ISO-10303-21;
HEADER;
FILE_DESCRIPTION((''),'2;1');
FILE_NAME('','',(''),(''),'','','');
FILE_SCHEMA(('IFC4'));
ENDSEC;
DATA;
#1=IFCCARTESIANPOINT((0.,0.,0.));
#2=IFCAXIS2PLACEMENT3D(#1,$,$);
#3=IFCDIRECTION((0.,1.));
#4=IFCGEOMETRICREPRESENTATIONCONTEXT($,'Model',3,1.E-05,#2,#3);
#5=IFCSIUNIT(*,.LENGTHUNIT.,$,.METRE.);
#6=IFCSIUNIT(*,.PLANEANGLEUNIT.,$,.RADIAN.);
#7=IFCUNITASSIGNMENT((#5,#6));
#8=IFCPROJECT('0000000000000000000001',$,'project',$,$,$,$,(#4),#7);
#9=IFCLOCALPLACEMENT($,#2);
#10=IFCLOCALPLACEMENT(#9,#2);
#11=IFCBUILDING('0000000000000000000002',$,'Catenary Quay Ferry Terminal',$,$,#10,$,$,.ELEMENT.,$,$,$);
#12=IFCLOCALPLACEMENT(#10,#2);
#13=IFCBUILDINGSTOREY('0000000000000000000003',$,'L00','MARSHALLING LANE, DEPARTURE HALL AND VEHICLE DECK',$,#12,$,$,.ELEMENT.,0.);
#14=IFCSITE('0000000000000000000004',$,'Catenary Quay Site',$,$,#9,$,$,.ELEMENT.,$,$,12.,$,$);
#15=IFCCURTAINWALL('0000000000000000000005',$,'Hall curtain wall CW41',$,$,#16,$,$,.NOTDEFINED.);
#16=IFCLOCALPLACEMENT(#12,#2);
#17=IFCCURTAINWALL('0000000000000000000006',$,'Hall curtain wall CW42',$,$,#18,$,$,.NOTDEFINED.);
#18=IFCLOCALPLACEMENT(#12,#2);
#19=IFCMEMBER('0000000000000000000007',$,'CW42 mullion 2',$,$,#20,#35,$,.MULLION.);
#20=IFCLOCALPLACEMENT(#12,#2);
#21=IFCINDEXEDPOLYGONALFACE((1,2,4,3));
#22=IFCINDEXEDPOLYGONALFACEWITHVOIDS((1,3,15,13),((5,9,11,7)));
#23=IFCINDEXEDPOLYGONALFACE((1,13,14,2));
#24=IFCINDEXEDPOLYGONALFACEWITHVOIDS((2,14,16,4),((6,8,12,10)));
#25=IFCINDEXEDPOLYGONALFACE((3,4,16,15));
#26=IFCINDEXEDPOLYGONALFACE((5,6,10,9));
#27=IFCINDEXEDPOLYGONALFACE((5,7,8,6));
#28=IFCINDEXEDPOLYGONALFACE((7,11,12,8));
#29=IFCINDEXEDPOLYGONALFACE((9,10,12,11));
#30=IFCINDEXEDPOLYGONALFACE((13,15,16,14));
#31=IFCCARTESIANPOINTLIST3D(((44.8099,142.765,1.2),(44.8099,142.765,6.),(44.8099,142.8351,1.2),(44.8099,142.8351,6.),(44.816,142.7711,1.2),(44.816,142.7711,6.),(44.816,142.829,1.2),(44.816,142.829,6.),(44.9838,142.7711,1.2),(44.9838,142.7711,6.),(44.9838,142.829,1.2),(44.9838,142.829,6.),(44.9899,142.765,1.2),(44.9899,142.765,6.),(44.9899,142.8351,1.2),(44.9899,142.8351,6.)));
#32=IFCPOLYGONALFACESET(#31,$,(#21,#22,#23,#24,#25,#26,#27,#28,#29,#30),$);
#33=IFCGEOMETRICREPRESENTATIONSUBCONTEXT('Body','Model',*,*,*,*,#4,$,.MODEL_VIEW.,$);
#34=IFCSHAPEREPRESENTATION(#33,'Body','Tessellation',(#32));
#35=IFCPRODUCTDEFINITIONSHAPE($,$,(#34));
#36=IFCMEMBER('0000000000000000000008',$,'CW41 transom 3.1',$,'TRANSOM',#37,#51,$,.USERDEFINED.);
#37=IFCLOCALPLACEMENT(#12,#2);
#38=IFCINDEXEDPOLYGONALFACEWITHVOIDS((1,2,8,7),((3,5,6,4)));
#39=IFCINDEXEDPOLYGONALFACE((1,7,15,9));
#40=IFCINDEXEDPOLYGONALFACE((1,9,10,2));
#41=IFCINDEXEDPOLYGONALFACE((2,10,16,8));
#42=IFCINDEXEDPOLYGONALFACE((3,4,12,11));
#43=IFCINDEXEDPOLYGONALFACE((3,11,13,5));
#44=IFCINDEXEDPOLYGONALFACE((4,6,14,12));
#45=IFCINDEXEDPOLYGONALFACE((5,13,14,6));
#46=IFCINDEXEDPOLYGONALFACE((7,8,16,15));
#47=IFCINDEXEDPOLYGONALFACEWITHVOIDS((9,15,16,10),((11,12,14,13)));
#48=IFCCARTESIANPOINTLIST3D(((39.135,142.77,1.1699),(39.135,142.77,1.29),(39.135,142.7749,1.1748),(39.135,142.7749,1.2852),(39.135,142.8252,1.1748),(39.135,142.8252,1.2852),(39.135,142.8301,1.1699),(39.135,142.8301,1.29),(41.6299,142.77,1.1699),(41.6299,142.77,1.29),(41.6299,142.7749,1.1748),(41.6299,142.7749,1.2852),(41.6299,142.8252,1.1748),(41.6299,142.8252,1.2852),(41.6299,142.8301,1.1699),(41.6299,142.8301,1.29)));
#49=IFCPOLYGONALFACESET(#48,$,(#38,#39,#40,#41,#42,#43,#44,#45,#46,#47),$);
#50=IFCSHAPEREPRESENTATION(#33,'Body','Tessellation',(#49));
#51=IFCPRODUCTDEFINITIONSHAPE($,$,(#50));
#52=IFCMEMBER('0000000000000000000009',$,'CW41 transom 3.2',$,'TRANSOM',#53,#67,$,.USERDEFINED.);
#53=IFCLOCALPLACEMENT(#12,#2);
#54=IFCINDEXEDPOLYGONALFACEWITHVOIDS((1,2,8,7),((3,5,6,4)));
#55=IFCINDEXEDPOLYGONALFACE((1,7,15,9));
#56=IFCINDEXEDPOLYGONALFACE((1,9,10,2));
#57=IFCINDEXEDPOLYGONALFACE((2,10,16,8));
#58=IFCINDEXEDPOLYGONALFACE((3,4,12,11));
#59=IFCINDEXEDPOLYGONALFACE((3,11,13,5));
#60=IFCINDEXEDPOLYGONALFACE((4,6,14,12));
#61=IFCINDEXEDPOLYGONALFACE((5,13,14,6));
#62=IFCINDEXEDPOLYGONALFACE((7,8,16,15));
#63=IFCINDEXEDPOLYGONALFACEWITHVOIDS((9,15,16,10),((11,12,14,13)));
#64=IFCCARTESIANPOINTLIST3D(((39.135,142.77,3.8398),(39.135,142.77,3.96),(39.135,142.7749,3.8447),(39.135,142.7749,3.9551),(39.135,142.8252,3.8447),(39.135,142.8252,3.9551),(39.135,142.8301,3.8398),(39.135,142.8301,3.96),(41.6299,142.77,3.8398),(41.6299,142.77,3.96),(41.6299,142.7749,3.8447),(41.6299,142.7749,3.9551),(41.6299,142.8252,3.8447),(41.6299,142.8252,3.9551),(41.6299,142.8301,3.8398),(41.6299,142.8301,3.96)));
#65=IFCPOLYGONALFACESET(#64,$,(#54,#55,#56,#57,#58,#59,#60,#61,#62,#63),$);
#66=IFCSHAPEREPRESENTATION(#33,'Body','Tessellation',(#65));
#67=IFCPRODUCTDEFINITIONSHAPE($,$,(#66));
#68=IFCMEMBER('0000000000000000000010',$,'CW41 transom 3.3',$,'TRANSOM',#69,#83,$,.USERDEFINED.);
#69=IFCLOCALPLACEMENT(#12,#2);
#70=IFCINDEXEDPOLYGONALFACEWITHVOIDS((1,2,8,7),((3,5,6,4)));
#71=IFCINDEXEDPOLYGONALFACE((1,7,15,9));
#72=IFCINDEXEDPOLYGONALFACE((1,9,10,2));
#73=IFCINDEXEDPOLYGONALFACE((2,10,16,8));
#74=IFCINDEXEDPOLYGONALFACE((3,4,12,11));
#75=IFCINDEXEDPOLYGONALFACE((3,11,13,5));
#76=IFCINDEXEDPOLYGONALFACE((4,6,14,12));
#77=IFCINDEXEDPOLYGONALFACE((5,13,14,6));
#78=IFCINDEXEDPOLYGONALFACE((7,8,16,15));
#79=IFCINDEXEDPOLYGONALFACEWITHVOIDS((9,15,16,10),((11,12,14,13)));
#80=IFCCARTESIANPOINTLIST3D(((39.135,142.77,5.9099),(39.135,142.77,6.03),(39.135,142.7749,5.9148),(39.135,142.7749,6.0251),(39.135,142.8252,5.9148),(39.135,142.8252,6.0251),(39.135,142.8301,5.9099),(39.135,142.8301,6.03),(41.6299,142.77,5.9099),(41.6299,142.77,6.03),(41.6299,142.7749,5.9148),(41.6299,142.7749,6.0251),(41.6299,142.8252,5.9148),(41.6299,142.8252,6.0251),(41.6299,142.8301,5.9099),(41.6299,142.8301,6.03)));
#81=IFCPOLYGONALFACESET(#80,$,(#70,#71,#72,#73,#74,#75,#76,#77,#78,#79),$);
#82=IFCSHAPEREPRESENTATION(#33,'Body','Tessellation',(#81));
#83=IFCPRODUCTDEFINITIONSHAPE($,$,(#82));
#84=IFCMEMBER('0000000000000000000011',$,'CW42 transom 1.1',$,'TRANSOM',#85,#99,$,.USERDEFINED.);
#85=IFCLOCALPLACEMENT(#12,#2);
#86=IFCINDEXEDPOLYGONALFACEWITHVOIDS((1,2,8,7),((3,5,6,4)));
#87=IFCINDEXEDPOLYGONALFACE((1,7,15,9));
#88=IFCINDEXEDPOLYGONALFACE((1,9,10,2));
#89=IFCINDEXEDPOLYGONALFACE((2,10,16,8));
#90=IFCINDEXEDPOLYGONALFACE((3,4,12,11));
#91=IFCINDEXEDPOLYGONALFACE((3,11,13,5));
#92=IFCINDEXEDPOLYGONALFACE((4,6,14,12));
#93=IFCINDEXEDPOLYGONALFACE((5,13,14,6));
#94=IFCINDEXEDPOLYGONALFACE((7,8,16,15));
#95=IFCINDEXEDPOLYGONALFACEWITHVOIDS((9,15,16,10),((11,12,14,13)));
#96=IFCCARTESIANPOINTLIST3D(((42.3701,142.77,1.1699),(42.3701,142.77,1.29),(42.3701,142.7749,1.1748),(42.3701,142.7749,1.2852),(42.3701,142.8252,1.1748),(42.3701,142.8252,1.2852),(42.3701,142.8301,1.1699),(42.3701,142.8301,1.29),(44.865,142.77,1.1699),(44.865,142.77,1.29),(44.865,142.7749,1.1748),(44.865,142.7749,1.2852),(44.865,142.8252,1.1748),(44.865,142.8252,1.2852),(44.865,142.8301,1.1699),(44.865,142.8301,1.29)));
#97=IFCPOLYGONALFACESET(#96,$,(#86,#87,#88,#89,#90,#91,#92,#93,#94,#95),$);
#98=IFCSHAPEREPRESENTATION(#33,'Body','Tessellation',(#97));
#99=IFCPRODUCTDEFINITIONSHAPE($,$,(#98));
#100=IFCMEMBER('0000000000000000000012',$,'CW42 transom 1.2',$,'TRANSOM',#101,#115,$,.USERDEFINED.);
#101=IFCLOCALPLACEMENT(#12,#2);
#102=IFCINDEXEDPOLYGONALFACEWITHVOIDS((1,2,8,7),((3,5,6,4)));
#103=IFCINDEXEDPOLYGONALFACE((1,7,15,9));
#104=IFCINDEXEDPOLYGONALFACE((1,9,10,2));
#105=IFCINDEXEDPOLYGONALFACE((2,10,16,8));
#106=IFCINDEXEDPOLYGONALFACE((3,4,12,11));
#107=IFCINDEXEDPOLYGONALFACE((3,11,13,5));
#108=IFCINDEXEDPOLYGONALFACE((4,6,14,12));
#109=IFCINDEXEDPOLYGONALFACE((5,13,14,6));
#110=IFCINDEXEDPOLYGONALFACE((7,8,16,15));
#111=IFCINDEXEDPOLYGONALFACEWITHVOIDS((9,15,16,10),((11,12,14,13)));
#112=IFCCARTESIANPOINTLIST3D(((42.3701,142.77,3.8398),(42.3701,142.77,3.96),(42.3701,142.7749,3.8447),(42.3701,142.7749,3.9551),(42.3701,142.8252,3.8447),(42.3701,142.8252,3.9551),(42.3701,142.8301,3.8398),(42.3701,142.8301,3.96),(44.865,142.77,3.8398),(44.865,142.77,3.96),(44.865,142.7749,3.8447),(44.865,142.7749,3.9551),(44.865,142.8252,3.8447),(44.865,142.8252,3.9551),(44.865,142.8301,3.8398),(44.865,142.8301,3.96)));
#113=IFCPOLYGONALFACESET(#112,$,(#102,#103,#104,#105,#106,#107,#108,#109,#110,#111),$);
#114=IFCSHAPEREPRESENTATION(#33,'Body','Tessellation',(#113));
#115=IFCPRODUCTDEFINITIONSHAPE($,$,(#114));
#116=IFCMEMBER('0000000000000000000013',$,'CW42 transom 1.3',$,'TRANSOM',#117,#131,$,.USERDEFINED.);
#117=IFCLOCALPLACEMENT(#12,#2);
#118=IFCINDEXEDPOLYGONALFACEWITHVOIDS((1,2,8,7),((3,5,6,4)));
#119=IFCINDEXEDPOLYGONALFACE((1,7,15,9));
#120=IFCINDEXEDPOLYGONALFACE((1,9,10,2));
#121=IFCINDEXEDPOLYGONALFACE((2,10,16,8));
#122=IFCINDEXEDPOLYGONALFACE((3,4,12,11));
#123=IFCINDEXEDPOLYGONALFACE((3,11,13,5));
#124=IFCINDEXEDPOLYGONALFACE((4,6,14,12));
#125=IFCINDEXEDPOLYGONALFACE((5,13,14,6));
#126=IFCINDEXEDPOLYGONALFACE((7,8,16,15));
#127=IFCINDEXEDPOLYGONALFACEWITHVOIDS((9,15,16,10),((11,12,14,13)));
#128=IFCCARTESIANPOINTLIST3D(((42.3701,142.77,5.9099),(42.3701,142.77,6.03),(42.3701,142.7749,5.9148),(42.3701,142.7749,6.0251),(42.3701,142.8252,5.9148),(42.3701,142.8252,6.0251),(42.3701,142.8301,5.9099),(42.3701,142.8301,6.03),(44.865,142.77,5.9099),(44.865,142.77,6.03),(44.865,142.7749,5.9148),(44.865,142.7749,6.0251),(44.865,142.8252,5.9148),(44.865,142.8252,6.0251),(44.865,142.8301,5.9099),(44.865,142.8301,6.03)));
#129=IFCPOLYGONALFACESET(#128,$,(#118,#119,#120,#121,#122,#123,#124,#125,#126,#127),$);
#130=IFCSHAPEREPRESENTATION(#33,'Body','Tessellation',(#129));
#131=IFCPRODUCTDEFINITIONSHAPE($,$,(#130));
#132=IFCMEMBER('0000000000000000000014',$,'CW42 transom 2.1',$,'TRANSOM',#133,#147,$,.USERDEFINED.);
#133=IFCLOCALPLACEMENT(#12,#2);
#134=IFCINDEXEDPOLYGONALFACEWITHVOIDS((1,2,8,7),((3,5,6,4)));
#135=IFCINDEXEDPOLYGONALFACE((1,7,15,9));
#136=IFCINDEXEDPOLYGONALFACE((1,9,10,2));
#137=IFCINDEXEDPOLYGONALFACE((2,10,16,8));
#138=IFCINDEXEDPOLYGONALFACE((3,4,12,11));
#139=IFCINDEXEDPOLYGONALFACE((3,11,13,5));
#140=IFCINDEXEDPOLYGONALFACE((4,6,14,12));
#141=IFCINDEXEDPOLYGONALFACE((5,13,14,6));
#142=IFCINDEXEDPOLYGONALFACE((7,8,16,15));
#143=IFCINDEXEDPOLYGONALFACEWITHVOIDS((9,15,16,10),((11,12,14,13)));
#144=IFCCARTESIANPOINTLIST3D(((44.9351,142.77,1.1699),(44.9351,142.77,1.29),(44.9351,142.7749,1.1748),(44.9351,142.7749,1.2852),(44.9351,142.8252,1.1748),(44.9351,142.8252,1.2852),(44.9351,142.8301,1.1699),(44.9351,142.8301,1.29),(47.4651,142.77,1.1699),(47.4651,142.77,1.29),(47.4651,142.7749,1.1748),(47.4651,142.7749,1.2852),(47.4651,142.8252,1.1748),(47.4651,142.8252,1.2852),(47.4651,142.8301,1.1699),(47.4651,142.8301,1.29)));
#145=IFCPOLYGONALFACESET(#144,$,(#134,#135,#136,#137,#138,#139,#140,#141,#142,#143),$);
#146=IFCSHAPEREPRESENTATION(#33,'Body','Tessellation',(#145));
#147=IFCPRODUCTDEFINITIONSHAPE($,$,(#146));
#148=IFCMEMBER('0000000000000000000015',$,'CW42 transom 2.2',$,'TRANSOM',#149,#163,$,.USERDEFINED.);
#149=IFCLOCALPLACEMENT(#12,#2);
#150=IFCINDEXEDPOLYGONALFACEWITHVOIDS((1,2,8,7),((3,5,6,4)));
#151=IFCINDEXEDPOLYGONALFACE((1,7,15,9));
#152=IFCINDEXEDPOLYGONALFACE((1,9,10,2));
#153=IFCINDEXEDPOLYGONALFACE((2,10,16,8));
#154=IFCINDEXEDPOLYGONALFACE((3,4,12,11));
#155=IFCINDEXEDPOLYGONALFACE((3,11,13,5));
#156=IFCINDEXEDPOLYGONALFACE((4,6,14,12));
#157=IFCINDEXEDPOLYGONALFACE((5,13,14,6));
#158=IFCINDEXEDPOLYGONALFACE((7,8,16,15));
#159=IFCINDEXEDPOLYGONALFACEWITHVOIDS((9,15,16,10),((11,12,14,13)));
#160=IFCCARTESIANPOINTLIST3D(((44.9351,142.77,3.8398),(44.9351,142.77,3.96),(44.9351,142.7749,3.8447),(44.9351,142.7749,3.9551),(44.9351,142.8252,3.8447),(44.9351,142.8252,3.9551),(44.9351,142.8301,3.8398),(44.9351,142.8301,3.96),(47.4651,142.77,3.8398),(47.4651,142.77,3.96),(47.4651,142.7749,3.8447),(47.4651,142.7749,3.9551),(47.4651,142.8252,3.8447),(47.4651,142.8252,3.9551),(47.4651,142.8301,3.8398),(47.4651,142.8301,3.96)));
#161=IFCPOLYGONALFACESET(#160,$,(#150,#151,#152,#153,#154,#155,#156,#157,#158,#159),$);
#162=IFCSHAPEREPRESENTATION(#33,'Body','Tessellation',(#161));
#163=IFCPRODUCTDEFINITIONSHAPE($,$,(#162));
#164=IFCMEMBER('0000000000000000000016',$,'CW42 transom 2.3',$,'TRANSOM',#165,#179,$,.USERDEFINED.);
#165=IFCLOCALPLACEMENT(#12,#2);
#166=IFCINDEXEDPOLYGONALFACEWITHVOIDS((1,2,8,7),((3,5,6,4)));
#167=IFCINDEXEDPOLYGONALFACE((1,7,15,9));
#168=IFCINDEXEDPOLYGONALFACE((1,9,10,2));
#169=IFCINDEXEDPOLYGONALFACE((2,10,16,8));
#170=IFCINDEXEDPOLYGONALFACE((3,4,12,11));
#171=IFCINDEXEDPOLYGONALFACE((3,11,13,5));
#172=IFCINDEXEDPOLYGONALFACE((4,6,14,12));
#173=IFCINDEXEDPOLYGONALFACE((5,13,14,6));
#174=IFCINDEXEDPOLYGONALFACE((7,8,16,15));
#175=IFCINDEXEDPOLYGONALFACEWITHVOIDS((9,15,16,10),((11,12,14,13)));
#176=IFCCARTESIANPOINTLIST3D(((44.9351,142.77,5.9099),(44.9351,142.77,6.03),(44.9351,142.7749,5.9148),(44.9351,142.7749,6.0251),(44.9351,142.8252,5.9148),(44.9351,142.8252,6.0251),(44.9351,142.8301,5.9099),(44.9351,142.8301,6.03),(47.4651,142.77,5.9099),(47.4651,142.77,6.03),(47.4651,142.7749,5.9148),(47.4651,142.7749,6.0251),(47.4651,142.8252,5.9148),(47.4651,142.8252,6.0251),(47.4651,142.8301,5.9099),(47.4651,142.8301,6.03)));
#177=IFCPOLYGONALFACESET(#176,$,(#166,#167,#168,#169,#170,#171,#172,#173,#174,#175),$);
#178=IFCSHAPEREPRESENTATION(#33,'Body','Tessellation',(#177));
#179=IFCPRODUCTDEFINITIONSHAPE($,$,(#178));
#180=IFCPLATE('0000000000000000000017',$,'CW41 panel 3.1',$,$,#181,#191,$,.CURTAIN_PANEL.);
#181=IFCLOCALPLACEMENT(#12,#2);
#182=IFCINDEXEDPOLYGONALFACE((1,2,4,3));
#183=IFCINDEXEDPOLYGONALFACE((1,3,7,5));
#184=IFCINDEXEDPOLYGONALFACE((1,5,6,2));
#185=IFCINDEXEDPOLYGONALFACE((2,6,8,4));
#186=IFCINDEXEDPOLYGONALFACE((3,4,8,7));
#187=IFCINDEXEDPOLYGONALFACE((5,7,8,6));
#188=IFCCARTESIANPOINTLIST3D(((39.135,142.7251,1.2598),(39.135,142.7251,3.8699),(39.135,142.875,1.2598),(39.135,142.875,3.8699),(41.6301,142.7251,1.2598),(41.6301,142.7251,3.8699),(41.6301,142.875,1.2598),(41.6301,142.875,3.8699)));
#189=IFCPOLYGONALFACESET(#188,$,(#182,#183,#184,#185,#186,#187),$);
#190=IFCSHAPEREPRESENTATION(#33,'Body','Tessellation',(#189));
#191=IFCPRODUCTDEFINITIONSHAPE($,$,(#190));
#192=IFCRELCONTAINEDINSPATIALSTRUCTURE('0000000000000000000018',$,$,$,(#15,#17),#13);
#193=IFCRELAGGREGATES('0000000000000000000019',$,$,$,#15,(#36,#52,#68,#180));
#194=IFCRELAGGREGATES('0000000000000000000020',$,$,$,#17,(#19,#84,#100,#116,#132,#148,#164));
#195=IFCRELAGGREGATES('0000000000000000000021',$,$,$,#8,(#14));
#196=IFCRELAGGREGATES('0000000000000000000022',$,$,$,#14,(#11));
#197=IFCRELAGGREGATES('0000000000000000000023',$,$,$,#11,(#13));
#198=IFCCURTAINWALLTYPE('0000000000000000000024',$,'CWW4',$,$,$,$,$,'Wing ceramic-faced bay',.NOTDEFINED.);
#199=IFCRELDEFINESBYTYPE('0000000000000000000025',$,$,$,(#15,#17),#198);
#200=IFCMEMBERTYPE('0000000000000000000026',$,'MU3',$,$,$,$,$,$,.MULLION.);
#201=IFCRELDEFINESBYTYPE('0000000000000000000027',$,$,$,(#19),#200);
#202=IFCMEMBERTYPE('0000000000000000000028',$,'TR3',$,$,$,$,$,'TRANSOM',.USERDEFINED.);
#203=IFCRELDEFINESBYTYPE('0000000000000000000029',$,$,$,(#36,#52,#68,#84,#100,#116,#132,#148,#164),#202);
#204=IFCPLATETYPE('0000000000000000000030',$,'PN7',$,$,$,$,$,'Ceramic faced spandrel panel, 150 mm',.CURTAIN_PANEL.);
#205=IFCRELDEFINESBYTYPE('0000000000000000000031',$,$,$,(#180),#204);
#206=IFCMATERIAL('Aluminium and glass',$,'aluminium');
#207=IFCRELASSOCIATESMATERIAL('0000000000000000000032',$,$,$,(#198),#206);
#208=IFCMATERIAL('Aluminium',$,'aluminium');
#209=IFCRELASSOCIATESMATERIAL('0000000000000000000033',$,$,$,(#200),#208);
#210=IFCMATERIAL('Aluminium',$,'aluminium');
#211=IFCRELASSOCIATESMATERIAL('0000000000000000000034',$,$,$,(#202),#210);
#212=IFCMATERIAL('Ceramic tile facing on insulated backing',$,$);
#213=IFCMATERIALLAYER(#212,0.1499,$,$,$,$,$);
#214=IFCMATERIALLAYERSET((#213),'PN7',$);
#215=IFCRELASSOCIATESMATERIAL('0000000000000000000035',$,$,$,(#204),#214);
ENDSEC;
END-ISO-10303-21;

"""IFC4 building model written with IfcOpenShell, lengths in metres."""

from ifc_helpers import new_model, si_unit, direction, frame, origin, origin_2d, place, context, subcontext, project, spatial, rectangle, hollow_rectangle, extrude, material, layer, layer_set, material_profile, profile_set, type_object, element, aggregate, save


model = new_model("IFC4")

# Units and contexts
model_context = context("Model", 3, precision=1e-05, world=origin(), true_north=direction((0.0, 1.0)))
body_context = subcontext(model_context, "Body", "Model", "MODEL_VIEW")
ifc_project = project(units=[si_unit("LENGTHUNIT", "METRE"), si_unit("PLANEANGLEUNIT", "RADIAN")], contexts=[model_context])

# Site, building, storey
site_placement = place(None, origin())
site = spatial("IfcSite", under=ifc_project, at=site_placement, Name="Catenary Quay Site", CompositionType="ELEMENT", RefElevation=12.0)
building_placement = place(site_placement, origin())
building = spatial("IfcBuilding", under=site, at=building_placement, Name="Catenary Quay Ferry Terminal", CompositionType="ELEMENT")
storey_placement = place(building_placement, origin())
storey = spatial("IfcBuildingStorey", under=building, at=storey_placement, Name="L00", Description="MARSHALLING LANE, DEPARTURE HALL AND VEHICLE DECK", CompositionType="ELEMENT", Elevation=0.0)

# Curtain wall
ifc_material_1 = material(Name="Aluminium and glass", Category="aluminium")
curtain_wall_type = type_object("IfcCurtainWallType", Name="CWW4", ElementType="Wing ceramic-faced bay", PredefinedType="NOTDEFINED", material=ifc_material_1)
curtain_wall_1_placement = place(storey_placement, origin())
curtain_wall_1 = element("IfcCurtainWall", 1, at=curtain_wall_1_placement, inside=storey, type_object=curtain_wall_type, Name="Hall curtain wall CW41", PredefinedType="NOTDEFINED")
ifc_material_2 = material(Name="Aluminium", Category="aluminium")
ifc_material_profile_1 = material_profile(ifc_material_2, hollow_rectangle(XDim=0.0701, YDim=0.1799, WallThickness=0.0061, at=origin_2d()), Name="MU3")
ifc_profile_set_1 = profile_set([ifc_material_profile_1], Name="Aluminium")
member_type_1 = type_object("IfcMemberType", Name="MU3", PredefinedType="MULLION", material=ifc_profile_set_1)

# Curtain wall, member
curtain_wall_2_placement = place(storey_placement, origin())
curtain_wall_2 = element("IfcCurtainWall", 2, at=curtain_wall_2_placement, inside=storey, type_object=curtain_wall_type, Name="Hall curtain wall CW42", PredefinedType="NOTDEFINED")
member_1_placement = place(storey_placement, frame((44.8999, 142.8, 1.2), z_axis=(0.0, 0.0, 1.0), x_axis=(0.0, 1.0, 0.0)))
member_1 = element("IfcMember", 3, at=member_1_placement, type_object=member_type_1, Name="CW42 mullion 2", PredefinedType="MULLION", context=body_context, shape_type="SweptSolid", body=[
    extrude(hollow_rectangle(XDim=0.0701, YDim=0.1799, WallThickness=0.0061, at=origin_2d()), origin(), (0.0, 0.0, 1.0), 4.8),
])

# Members
ifc_material_3 = material(Name="Aluminium", Category="aluminium")
ifc_material_profile_2 = material_profile(ifc_material_3, hollow_rectangle(XDim=0.0601, YDim=0.1201, WallThickness=0.0049, at=origin_2d()), Name="TR3")
ifc_profile_set_2 = profile_set([ifc_material_profile_2], Name="Aluminium")
member_type_2 = type_object("IfcMemberType", Name="TR3", ElementType="TRANSOM", PredefinedType="USERDEFINED", material=ifc_profile_set_2)
member_2_placement = place(storey_placement, frame((39.135, 142.8, 1.23), z_axis=(1.0, 0.0, 0.0), x_axis=(0.0, 1.0, 0.0)))
member_2 = element("IfcMember", 4, at=member_2_placement, type_object=member_type_2, Name="CW41 transom 3.1", ObjectType="TRANSOM", PredefinedType="USERDEFINED", context=body_context, shape_type="SweptSolid", body=[
    extrude(hollow_rectangle(XDim=0.0601, YDim=0.1201, WallThickness=0.0049, at=origin_2d()), origin(), (0.0, 0.0, 1.0), 2.4949),
])
member_3_placement = place(storey_placement, frame((39.135, 142.8, 3.8999), z_axis=(1.0, 0.0, 0.0), x_axis=(0.0, 1.0, 0.0)))
member_3 = element("IfcMember", 5, at=member_3_placement, type_object=member_type_2, Name="CW41 transom 3.2", ObjectType="TRANSOM", PredefinedType="USERDEFINED", context=body_context, shape_type="SweptSolid", body=[
    extrude(hollow_rectangle(XDim=0.0601, YDim=0.1201, WallThickness=0.0049, at=origin_2d()), origin(), (0.0, 0.0, 1.0), 2.4949),
])
member_4_placement = place(storey_placement, frame((39.135, 142.8, 5.97), z_axis=(1.0, 0.0, 0.0), x_axis=(0.0, 1.0, 0.0)))
member_4 = element("IfcMember", 6, at=member_4_placement, type_object=member_type_2, Name="CW41 transom 3.3", ObjectType="TRANSOM", PredefinedType="USERDEFINED", context=body_context, shape_type="SweptSolid", body=[
    extrude(hollow_rectangle(XDim=0.0601, YDim=0.1201, WallThickness=0.0049, at=origin_2d()), origin(), (0.0, 0.0, 1.0), 2.4949),
])
member_5_placement = place(storey_placement, frame((42.3701, 142.8, 1.23), z_axis=(1.0, 0.0, 0.0), x_axis=(0.0, 1.0, 0.0)))
member_5 = element("IfcMember", 7, at=member_5_placement, type_object=member_type_2, Name="CW42 transom 1.1", ObjectType="TRANSOM", PredefinedType="USERDEFINED", context=body_context, shape_type="SweptSolid", body=[
    extrude(hollow_rectangle(XDim=0.0601, YDim=0.1201, WallThickness=0.0049, at=origin_2d()), origin(), (0.0, 0.0, 1.0), 2.4949),
])
member_6_placement = place(storey_placement, frame((42.3701, 142.8, 3.8999), z_axis=(1.0, 0.0, 0.0), x_axis=(0.0, 1.0, 0.0)))
member_6 = element("IfcMember", 8, at=member_6_placement, type_object=member_type_2, Name="CW42 transom 1.2", ObjectType="TRANSOM", PredefinedType="USERDEFINED", context=body_context, shape_type="SweptSolid", body=[
    extrude(hollow_rectangle(XDim=0.0601, YDim=0.1201, WallThickness=0.0049, at=origin_2d()), origin(), (0.0, 0.0, 1.0), 2.4949),
])
member_7_placement = place(storey_placement, frame((42.3701, 142.8, 5.97), z_axis=(1.0, 0.0, 0.0), x_axis=(0.0, 1.0, 0.0)))
member_7 = element("IfcMember", 9, at=member_7_placement, type_object=member_type_2, Name="CW42 transom 1.3", ObjectType="TRANSOM", PredefinedType="USERDEFINED", context=body_context, shape_type="SweptSolid", body=[
    extrude(hollow_rectangle(XDim=0.0601, YDim=0.1201, WallThickness=0.0049, at=origin_2d()), origin(), (0.0, 0.0, 1.0), 2.4949),
])
member_8_placement = place(storey_placement, frame((44.9351, 142.8, 1.23), z_axis=(1.0, 0.0, 0.0), x_axis=(0.0, 1.0, 0.0)))
member_8 = element("IfcMember", 10, at=member_8_placement, type_object=member_type_2, Name="CW42 transom 2.1", ObjectType="TRANSOM", PredefinedType="USERDEFINED", context=body_context, shape_type="SweptSolid", body=[
    extrude(hollow_rectangle(XDim=0.0601, YDim=0.1201, WallThickness=0.0049, at=origin_2d()), origin(), (0.0, 0.0, 1.0), 2.53),
])
member_9_placement = place(storey_placement, frame((44.9351, 142.8, 3.8999), z_axis=(1.0, 0.0, 0.0), x_axis=(0.0, 1.0, 0.0)))
member_9 = element("IfcMember", 11, at=member_9_placement, type_object=member_type_2, Name="CW42 transom 2.2", ObjectType="TRANSOM", PredefinedType="USERDEFINED", context=body_context, shape_type="SweptSolid", body=[
    extrude(hollow_rectangle(XDim=0.0601, YDim=0.1201, WallThickness=0.0049, at=origin_2d()), origin(), (0.0, 0.0, 1.0), 2.53),
])
member_10_placement = place(storey_placement, frame((44.9351, 142.8, 5.97), z_axis=(1.0, 0.0, 0.0), x_axis=(0.0, 1.0, 0.0)))
member_10 = element("IfcMember", 12, at=member_10_placement, type_object=member_type_2, Name="CW42 transom 2.3", ObjectType="TRANSOM", PredefinedType="USERDEFINED", context=body_context, shape_type="SweptSolid", body=[
    extrude(hollow_rectangle(XDim=0.0601, YDim=0.1201, WallThickness=0.0049, at=origin_2d()), origin(), (0.0, 0.0, 1.0), 2.53),
])

# Plate
ifc_material_4 = material(Name="Ceramic tile facing on insulated backing")
ifc_layer_1 = layer(ifc_material_4, 0.1499)
ifc_layer_set_1 = layer_set([ifc_layer_1], Name="PN7")
plate_type = type_object("IfcPlateType", Name="PN7", ElementType="Ceramic faced spandrel panel, 150 mm", PredefinedType="CURTAIN_PANEL", material=ifc_layer_set_1)
plate_1_placement = place(storey_placement, frame((40.3826, 142.8, 1.2598), z_axis=(0.0, 0.0, 1.0), x_axis=(1.0, 0.0, 0.0)))
plate_1 = element("IfcPlate", 13, at=plate_1_placement, type_object=plate_type, Name="CW41 panel 3.1", PredefinedType="CURTAIN_PANEL", context=body_context, shape_type="SweptSolid", body=[
    extrude(rectangle(XDim=2.4951, YDim=0.1499, at=origin_2d()), origin(), (0.0, 0.0, 1.0), 2.6101),
])
aggregate(curtain_wall_1, [member_2, member_3, member_4, plate_1])
aggregate(curtain_wall_2, [member_1, member_5, member_6, member_7, member_8, member_9, member_10])

save(model, "model.ifc")
